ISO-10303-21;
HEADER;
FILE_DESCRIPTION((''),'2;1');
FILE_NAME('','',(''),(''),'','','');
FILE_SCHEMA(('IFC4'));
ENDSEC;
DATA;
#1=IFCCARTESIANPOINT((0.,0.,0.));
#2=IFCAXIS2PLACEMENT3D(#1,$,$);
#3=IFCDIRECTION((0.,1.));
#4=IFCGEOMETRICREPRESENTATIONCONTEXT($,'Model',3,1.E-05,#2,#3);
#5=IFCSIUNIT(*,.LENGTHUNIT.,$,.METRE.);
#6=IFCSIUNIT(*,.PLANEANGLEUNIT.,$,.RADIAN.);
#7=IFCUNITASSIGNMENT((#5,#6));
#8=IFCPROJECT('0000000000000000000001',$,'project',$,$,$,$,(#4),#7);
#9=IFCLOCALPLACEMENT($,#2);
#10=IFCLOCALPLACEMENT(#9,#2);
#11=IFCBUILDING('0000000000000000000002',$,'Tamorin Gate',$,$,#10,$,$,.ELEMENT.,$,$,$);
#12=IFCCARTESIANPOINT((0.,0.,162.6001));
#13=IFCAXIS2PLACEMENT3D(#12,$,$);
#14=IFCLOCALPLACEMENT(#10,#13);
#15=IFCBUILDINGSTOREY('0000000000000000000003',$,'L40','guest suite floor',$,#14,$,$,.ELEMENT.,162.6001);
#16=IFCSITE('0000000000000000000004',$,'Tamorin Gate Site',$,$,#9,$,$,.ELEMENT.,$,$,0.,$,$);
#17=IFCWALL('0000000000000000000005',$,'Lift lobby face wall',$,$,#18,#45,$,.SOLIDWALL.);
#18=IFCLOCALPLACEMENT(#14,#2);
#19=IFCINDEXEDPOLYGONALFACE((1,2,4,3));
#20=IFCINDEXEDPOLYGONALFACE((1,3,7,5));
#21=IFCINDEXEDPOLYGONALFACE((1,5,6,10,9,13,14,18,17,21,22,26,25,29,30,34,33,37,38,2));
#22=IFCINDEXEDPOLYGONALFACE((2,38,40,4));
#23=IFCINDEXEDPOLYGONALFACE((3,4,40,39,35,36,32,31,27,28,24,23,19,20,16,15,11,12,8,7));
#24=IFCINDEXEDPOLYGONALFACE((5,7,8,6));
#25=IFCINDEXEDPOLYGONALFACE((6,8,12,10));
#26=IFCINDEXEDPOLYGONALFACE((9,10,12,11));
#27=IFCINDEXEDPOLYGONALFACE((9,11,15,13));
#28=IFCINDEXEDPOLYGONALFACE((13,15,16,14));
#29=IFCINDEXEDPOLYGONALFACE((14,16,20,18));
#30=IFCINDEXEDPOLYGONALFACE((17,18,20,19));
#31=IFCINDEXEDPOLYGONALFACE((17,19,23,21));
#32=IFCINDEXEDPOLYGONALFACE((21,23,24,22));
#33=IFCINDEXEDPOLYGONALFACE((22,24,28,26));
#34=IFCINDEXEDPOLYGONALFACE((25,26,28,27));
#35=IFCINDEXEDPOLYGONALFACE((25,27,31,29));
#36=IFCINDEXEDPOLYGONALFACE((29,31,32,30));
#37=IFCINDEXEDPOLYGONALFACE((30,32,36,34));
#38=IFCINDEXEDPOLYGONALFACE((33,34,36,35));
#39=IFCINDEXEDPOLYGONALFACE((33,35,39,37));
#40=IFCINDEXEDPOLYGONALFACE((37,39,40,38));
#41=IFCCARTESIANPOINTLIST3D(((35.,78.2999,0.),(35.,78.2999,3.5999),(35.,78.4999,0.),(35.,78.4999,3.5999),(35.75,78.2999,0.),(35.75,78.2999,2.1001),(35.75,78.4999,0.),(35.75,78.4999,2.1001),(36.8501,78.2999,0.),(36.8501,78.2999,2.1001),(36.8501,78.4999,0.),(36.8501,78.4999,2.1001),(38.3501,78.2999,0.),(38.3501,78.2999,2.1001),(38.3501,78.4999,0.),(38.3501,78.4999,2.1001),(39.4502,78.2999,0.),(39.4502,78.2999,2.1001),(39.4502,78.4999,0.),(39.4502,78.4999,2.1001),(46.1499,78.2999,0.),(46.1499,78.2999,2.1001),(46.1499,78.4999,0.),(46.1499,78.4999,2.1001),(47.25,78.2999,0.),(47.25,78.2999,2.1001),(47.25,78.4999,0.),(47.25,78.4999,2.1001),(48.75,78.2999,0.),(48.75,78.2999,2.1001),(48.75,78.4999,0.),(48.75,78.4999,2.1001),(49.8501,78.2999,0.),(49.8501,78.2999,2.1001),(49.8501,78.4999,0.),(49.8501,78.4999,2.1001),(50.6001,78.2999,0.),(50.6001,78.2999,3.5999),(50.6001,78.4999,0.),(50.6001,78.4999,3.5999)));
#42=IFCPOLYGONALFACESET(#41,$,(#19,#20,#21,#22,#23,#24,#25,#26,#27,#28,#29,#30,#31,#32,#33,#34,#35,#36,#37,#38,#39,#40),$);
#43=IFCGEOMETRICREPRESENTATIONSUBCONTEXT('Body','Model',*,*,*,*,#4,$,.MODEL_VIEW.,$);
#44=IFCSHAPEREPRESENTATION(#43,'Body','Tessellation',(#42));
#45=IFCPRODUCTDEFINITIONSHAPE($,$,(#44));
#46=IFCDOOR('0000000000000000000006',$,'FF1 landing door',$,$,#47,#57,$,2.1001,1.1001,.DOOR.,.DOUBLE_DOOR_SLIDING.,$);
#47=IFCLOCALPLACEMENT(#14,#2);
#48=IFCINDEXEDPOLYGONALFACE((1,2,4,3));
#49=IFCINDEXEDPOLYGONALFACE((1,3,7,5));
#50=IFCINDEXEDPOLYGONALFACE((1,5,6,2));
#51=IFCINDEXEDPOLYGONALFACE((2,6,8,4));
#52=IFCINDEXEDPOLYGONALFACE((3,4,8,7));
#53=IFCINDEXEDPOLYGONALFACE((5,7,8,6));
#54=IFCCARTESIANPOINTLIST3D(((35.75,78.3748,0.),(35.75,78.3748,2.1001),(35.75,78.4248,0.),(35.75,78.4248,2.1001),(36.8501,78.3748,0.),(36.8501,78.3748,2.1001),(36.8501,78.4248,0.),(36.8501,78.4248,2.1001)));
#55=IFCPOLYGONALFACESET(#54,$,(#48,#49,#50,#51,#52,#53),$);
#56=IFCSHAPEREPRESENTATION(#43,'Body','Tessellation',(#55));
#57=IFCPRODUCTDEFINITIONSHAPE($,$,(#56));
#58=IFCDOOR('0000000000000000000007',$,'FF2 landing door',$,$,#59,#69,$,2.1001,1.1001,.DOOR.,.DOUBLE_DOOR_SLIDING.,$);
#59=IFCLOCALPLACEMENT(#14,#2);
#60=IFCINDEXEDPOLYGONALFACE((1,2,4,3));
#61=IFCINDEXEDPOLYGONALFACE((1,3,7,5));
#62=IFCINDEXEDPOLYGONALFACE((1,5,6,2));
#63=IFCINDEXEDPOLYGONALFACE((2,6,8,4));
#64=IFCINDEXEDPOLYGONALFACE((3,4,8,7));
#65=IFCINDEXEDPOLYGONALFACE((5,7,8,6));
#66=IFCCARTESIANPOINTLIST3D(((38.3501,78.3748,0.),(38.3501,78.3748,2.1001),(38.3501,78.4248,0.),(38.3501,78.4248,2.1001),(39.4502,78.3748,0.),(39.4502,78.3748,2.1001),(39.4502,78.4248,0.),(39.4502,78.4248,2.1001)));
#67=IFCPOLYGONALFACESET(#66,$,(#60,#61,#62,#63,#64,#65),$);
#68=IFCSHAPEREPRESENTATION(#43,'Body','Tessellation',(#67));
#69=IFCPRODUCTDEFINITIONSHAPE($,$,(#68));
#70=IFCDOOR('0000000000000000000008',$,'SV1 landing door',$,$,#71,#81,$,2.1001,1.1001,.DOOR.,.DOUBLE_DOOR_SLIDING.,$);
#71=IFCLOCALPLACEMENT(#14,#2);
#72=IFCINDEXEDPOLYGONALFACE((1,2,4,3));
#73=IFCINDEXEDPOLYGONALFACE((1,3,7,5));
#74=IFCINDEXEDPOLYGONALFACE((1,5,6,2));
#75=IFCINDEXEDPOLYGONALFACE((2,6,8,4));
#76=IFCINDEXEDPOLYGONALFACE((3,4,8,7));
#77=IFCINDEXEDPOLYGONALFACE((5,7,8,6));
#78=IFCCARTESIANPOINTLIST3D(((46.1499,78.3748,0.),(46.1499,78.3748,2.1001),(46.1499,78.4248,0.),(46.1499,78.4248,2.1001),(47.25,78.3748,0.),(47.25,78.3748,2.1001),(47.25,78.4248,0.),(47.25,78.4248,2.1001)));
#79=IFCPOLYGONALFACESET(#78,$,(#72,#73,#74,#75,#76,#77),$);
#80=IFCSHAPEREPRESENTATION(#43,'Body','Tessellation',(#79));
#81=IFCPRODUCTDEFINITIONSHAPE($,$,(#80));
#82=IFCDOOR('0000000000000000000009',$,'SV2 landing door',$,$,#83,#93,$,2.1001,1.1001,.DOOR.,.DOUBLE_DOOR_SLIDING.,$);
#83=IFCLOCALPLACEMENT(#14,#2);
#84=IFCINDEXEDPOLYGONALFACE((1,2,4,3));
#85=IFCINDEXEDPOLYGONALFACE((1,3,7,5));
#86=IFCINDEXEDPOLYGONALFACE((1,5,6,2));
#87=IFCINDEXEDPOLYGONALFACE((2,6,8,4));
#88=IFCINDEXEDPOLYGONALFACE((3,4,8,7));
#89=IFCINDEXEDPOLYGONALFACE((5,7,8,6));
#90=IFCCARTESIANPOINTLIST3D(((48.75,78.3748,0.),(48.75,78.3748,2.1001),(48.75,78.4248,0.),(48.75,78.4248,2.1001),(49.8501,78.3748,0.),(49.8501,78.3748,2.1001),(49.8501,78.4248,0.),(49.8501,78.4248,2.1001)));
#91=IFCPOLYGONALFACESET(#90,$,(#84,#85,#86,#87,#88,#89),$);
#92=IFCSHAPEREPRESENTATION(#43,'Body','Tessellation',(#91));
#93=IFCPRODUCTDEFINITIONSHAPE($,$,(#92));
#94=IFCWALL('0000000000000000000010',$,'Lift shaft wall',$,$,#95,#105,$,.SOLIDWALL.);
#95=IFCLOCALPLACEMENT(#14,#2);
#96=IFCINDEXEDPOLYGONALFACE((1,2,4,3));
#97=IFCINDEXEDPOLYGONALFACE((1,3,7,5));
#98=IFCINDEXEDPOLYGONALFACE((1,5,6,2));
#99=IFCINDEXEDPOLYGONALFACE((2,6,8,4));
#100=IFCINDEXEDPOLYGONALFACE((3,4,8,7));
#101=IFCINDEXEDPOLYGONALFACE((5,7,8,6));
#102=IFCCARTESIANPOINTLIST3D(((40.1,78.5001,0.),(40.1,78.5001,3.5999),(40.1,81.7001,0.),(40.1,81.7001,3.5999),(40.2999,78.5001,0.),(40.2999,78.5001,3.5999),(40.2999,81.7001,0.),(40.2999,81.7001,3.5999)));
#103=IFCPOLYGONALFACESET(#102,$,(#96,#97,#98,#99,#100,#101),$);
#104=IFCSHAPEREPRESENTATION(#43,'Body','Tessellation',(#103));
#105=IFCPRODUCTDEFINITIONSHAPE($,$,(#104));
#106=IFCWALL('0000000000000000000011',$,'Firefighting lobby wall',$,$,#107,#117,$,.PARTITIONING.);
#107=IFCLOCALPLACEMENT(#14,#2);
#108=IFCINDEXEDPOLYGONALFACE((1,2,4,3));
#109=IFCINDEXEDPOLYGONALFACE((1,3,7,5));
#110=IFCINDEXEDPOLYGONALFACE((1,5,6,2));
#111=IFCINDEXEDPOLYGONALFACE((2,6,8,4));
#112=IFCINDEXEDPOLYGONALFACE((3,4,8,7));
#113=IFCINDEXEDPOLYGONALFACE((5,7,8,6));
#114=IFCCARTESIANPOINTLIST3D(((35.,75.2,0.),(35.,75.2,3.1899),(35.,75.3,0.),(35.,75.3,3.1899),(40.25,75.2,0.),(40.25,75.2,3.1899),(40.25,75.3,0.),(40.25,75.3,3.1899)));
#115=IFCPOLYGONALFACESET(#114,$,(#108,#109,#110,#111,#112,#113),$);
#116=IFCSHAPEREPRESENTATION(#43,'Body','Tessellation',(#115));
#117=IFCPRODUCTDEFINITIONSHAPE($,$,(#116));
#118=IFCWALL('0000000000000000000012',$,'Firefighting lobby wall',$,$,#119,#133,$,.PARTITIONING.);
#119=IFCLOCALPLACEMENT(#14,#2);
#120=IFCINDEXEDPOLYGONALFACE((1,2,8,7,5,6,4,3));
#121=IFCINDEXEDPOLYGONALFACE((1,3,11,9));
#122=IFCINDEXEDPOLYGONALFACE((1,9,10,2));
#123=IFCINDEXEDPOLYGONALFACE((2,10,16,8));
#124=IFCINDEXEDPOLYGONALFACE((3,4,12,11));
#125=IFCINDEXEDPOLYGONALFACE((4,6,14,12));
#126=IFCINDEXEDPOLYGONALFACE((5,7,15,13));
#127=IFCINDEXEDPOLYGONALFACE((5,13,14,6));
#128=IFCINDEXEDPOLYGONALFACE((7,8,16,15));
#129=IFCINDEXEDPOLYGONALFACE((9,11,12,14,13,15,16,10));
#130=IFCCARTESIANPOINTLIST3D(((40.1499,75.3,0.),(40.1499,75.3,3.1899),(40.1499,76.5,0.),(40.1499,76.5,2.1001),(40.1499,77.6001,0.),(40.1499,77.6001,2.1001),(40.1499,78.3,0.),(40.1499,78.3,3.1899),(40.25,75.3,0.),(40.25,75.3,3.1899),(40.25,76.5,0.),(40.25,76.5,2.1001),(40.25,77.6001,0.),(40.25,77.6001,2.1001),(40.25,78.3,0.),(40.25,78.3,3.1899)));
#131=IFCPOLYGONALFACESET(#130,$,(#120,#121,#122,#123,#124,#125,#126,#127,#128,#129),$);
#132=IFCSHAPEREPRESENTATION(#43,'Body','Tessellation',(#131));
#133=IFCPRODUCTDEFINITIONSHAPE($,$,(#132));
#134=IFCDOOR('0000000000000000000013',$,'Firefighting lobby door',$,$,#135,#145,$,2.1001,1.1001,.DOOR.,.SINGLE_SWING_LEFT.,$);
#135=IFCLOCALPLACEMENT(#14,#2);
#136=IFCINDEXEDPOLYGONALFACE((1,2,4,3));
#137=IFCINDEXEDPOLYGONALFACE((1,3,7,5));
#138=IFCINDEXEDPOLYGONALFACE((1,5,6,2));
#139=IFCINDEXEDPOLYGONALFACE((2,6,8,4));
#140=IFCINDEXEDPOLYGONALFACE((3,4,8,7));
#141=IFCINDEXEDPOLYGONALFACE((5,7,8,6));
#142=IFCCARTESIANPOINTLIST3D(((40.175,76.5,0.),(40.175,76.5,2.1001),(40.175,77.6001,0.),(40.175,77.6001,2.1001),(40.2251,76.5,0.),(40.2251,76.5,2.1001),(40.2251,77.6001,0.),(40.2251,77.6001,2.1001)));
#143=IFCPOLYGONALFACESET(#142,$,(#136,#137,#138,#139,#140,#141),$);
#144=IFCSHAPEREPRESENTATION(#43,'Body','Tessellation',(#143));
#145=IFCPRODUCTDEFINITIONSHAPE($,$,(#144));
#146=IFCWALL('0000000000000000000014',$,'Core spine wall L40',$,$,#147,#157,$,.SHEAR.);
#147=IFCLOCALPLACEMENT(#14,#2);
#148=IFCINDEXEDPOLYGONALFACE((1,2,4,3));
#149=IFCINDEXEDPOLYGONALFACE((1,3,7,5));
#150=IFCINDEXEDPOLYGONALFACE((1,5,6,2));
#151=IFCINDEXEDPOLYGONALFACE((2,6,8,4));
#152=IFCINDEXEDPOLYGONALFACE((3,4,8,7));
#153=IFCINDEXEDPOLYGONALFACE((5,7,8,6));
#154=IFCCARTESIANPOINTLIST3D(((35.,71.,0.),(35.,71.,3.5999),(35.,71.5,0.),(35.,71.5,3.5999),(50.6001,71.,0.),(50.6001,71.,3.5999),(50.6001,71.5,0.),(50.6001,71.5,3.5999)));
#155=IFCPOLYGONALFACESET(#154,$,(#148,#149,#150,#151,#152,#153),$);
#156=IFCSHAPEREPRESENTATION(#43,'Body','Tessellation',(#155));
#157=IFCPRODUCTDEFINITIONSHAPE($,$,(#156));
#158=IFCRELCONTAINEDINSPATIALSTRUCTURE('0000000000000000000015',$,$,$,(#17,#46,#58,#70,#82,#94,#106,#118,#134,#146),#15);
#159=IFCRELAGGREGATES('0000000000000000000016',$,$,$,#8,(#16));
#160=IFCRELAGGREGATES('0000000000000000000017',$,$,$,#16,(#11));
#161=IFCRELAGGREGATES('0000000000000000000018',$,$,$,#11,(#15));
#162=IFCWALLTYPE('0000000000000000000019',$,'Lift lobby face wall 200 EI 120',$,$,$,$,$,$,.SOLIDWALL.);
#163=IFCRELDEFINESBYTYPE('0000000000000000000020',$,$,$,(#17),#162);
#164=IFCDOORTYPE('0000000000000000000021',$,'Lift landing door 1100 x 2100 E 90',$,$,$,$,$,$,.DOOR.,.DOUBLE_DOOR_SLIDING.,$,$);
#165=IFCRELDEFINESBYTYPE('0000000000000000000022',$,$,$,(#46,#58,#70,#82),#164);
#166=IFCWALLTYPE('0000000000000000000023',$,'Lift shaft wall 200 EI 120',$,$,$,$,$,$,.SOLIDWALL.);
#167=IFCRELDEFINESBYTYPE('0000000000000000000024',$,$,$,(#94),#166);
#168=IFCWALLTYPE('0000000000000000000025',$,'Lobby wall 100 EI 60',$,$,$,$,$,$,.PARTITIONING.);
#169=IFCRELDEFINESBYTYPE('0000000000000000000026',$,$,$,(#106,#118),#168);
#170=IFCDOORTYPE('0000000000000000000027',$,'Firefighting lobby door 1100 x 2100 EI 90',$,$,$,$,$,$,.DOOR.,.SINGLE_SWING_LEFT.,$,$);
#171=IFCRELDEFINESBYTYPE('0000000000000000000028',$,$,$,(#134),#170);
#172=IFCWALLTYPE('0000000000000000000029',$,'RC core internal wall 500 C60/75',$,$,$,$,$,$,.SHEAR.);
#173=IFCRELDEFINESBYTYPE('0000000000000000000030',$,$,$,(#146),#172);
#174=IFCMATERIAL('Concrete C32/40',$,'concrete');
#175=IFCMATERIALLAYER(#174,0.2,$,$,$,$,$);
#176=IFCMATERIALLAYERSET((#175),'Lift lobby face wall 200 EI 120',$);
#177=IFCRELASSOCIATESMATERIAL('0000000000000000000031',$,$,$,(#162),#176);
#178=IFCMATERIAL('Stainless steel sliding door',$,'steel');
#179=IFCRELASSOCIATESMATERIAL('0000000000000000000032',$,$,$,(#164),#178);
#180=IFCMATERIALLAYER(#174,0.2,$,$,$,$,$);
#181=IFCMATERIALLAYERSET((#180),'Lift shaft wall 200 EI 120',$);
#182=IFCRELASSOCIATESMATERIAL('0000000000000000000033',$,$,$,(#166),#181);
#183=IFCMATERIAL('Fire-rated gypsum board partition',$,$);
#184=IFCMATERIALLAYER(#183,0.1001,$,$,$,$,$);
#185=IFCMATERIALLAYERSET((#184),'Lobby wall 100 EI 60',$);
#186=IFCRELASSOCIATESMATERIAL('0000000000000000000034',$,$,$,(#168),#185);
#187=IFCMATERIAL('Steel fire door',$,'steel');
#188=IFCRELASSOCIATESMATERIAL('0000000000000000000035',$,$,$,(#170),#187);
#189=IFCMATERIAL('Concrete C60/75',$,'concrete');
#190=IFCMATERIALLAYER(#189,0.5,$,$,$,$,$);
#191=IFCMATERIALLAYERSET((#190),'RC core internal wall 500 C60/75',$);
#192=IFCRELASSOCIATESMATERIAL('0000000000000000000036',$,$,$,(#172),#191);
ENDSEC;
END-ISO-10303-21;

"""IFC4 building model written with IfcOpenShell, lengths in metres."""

from ifc_helpers import new_model, si_unit, direction, frame, frame_2d, origin, place, context, subcontext, project, spatial, rectangle, extrude, material, layer, layer_set, type_object, element, fill, save


model = new_model("IFC4")

# Units and contexts
model_context = context("Model", 3, precision=1e-05, world=origin(), true_north=direction((0.0, 1.0)))
body_context = subcontext(model_context, "Body", "Model", "MODEL_VIEW")
ifc_project = project(units=[si_unit("LENGTHUNIT", "METRE"), si_unit("PLANEANGLEUNIT", "RADIAN")], contexts=[model_context])

# Site, building, storey
site_placement = place(None, origin())
site = spatial("IfcSite", under=ifc_project, at=site_placement, Name="Tamorin Gate Site", CompositionType="ELEMENT", RefElevation=0.0)
building_placement = place(site_placement, origin())
building = spatial("IfcBuilding", under=site, at=building_placement, Name="Tamorin Gate", CompositionType="ELEMENT")
storey_placement = place(building_placement, frame((0.0, 0.0, 162.6001)))
storey = spatial("IfcBuildingStorey", under=building, at=storey_placement, Name="L40", Description="guest suite floor", CompositionType="ELEMENT", Elevation=162.6001)

# Wall, openings, doors
ifc_material_1 = material(Name="Concrete C32/40", Category="concrete")
ifc_layer_1 = layer(ifc_material_1, 0.2)
ifc_layer_set_1 = layer_set([ifc_layer_1], Name="Lift lobby face wall 200 EI 120")
wall_type_1 = type_object("IfcWallType", Name="Lift lobby face wall 200 EI 120", PredefinedType="SOLIDWALL", material=ifc_layer_set_1)
ifc_material_2 = material(Name="Stainless steel sliding door", Category="steel")
door_type_1 = type_object("IfcDoorType", Name="Lift landing door 1100 x 2100 E 90", OperationType="DOUBLE_DOOR_SLIDING", PredefinedType="DOOR", material=ifc_material_2)
wall_1_placement = place(storey_placement, frame((35.0, 78.3999, 0.0), z_axis=(0.0, 0.0, 1.0), x_axis=(1.0, 0.0, 0.0)))
wall_1 = element("IfcWall", 1, at=wall_1_placement, inside=storey, type_object=wall_type_1, Name="Lift lobby face wall", PredefinedType="SOLIDWALL", context=body_context, shape_type="SweptSolid", body=[
    extrude(rectangle(XDim=15.6001, YDim=0.2, at=frame_2d((7.8, 0.0))), origin(), (0.0, 0.0, 1.0), 3.5999),
])
opening_1_placement = place(wall_1_placement, frame((0.75, 0.0, 0.0)))
opening_1 = element("IfcOpeningElement", 2, at=opening_1_placement, cuts=wall_1, PredefinedType="OPENING", context=body_context, shape_type="SweptSolid", body=[
    extrude(rectangle(XDim=1.1001, YDim=2.1001, at=frame_2d((0.55, 1.05))), frame((0.0, 0.1099, 0.0), z_axis=(0.0, -1.0, 0.0), x_axis=(1.0, 0.0, 0.0)), (0.0, 0.0, 1.0), 0.22),
])
opening_2_placement = place(wall_1_placement, frame((3.3501, 0.0, 0.0)))
opening_2 = element("IfcOpeningElement", 3, at=opening_2_placement, cuts=wall_1, PredefinedType="OPENING", context=body_context, shape_type="SweptSolid", body=[
    extrude(rectangle(XDim=1.1001, YDim=2.1001, at=frame_2d((0.55, 1.05))), frame((0.0, 0.1099, 0.0), z_axis=(0.0, -1.0, 0.0), x_axis=(1.0, 0.0, 0.0)), (0.0, 0.0, 1.0), 0.22),
])
opening_3_placement = place(wall_1_placement, frame((11.1499, 0.0, 0.0)))
opening_3 = element("IfcOpeningElement", 4, at=opening_3_placement, cuts=wall_1, PredefinedType="OPENING", context=body_context, shape_type="SweptSolid", body=[
    extrude(rectangle(XDim=1.1001, YDim=2.1001, at=frame_2d((0.55, 1.05))), frame((0.0, 0.1099, 0.0), z_axis=(0.0, -1.0, 0.0), x_axis=(1.0, 0.0, 0.0)), (0.0, 0.0, 1.0), 0.22),
])
opening_4_placement = place(wall_1_placement, frame((13.75, 0.0, 0.0)))
opening_4 = element("IfcOpeningElement", 5, at=opening_4_placement, cuts=wall_1, PredefinedType="OPENING", context=body_context, shape_type="SweptSolid", body=[
    extrude(rectangle(XDim=1.1001, YDim=2.1001, at=frame_2d((0.55, 1.05))), frame((0.0, 0.1099, 0.0), z_axis=(0.0, -1.0, 0.0), x_axis=(1.0, 0.0, 0.0)), (0.0, 0.0, 1.0), 0.22),
])
door_1_placement = place(opening_1_placement, origin())
door_1 = element("IfcDoor", 6, at=door_1_placement, inside=storey, type_object=door_type_1, Name="FF1 landing door", OperationType="DOUBLE_DOOR_SLIDING", OverallHeight=2.1001, OverallWidth=1.1001, PredefinedType="DOOR", context=body_context, shape_type="SweptSolid", body=[
    extrude(rectangle(XDim=1.1001, YDim=2.1001, at=frame_2d((0.55, 1.05))), frame((0.0, 0.0249, 0.0), z_axis=(0.0, -1.0, 0.0), x_axis=(1.0, 0.0, 0.0)), (0.0, 0.0, 1.0), 0.05),
])
fill(opening_1, door_1)
door_2_placement = place(opening_2_placement, origin())
door_2 = element("IfcDoor", 7, at=door_2_placement, inside=storey, type_object=door_type_1, Name="FF2 landing door", OperationType="DOUBLE_DOOR_SLIDING", OverallHeight=2.1001, OverallWidth=1.1001, PredefinedType="DOOR", context=body_context, shape_type="SweptSolid", body=[
    extrude(rectangle(XDim=1.1001, YDim=2.1001, at=frame_2d((0.55, 1.05))), frame((0.0, 0.0249, 0.0), z_axis=(0.0, -1.0, 0.0), x_axis=(1.0, 0.0, 0.0)), (0.0, 0.0, 1.0), 0.05),
])
fill(opening_2, door_2)
door_3_placement = place(opening_3_placement, origin())
door_3 = element("IfcDoor", 8, at=door_3_placement, inside=storey, type_object=door_type_1, Name="SV1 landing door", OperationType="DOUBLE_DOOR_SLIDING", OverallHeight=2.1001, OverallWidth=1.1001, PredefinedType="DOOR", context=body_context, shape_type="SweptSolid", body=[
    extrude(rectangle(XDim=1.1001, YDim=2.1001, at=frame_2d((0.55, 1.05))), frame((0.0, 0.0249, 0.0), z_axis=(0.0, -1.0, 0.0), x_axis=(1.0, 0.0, 0.0)), (0.0, 0.0, 1.0), 0.05),
])
fill(opening_3, door_3)
door_4_placement = place(opening_4_placement, origin())
door_4 = element("IfcDoor", 9, at=door_4_placement, inside=storey, type_object=door_type_1, Name="SV2 landing door", OperationType="DOUBLE_DOOR_SLIDING", OverallHeight=2.1001, OverallWidth=1.1001, PredefinedType="DOOR", context=body_context, shape_type="SweptSolid", body=[
    extrude(rectangle(XDim=1.1001, YDim=2.1001, at=frame_2d((0.55, 1.05))), frame((0.0, 0.0249, 0.0), z_axis=(0.0, -1.0, 0.0), x_axis=(1.0, 0.0, 0.0)), (0.0, 0.0, 1.0), 0.05),
])
fill(opening_4, door_4)

# Walls
ifc_layer_2 = layer(ifc_material_1, 0.2)
ifc_layer_set_2 = layer_set([ifc_layer_2], Name="Lift shaft wall 200 EI 120")
wall_type_2 = type_object("IfcWallType", Name="Lift shaft wall 200 EI 120", PredefinedType="SOLIDWALL", material=ifc_layer_set_2)
wall_2_placement = place(storey_placement, frame((40.2, 78.5, 0.0), z_axis=(0.0, 0.0, 1.0), x_axis=(0.0, 1.0, 0.0)))
element("IfcWall", 10, at=wall_2_placement, inside=storey, type_object=wall_type_2, Name="Lift shaft wall", PredefinedType="SOLIDWALL", context=body_context, shape_type="SweptSolid", body=[
    extrude(rectangle(XDim=3.2, YDim=0.2, at=frame_2d((1.6001, 0.0))), origin(), (0.0, 0.0, 1.0), 3.5999),
])
ifc_material_3 = material(Name="Fire-rated gypsum board partition")
ifc_layer_3 = layer(ifc_material_3, 0.1001)
ifc_layer_set_3 = layer_set([ifc_layer_3], Name="Lobby wall 100 EI 60")
wall_type_3 = type_object("IfcWallType", Name="Lobby wall 100 EI 60", PredefinedType="PARTITIONING", material=ifc_layer_set_3)
wall_3_placement = place(storey_placement, frame((35.0, 75.25, 0.0), z_axis=(0.0, 0.0, 1.0), x_axis=(1.0, 0.0, 0.0)))
element("IfcWall", 11, at=wall_3_placement, inside=storey, type_object=wall_type_3, Name="Firefighting lobby wall", PredefinedType="PARTITIONING", context=body_context, shape_type="SweptSolid", body=[
    extrude(rectangle(XDim=5.25, YDim=0.1001, at=frame_2d((2.625, 0.0))), origin(), (0.0, 0.0, 1.0), 3.1899),
])

# Wall, opening, door
wall_4_placement = place(storey_placement, frame((40.2, 75.3, 0.0), z_axis=(0.0, 0.0, 1.0), x_axis=(0.0, 1.0, 0.0)))
wall_4 = element("IfcWall", 12, at=wall_4_placement, inside=storey, type_object=wall_type_3, Name="Firefighting lobby wall", PredefinedType="PARTITIONING", context=body_context, shape_type="SweptSolid", body=[
    extrude(rectangle(XDim=3.0, YDim=0.1001, at=frame_2d((1.5, 0.0))), origin(), (0.0, 0.0, 1.0), 3.1899),
])
opening_5_placement = place(wall_4_placement, frame((1.2, 0.0, 0.0)))
opening_5 = element("IfcOpeningElement", 13, at=opening_5_placement, cuts=wall_4, PredefinedType="OPENING", context=body_context, shape_type="SweptSolid", body=[
    extrude(rectangle(XDim=1.1001, YDim=2.1001, at=frame_2d((0.55, 1.05))), frame((0.0, 0.0601, 0.0), z_axis=(0.0, -1.0, 0.0), x_axis=(1.0, 0.0, 0.0)), (0.0, 0.0, 1.0), 0.1201),
])
ifc_material_4 = material(Name="Steel fire door", Category="steel")
door_type_2 = type_object("IfcDoorType", Name="Firefighting lobby door 1100 x 2100 EI 90", OperationType="SINGLE_SWING_LEFT", PredefinedType="DOOR", material=ifc_material_4)
door_5_placement = place(opening_5_placement, origin())
door_5 = element("IfcDoor", 14, at=door_5_placement, inside=storey, type_object=door_type_2, Name="Firefighting lobby door", OperationType="SINGLE_SWING_LEFT", OverallHeight=2.1001, OverallWidth=1.1001, PredefinedType="DOOR", context=body_context, shape_type="SweptSolid", body=[
    extrude(rectangle(XDim=1.1001, YDim=2.1001, at=frame_2d((0.55, 1.05))), frame((0.0, 0.0249, 0.0), z_axis=(0.0, -1.0, 0.0), x_axis=(1.0, 0.0, 0.0)), (0.0, 0.0, 1.0), 0.05),
])
fill(opening_5, door_5)

# Wall
ifc_material_5 = material(Name="Concrete C60/75", Category="concrete")
ifc_layer_4 = layer(ifc_material_5, 0.5)
ifc_layer_set_4 = layer_set([ifc_layer_4], Name="RC core internal wall 500 C60/75")
wall_type_4 = type_object("IfcWallType", Name="RC core internal wall 500 C60/75", PredefinedType="SHEAR", material=ifc_layer_set_4)
wall_5_placement = place(storey_placement, frame((35.0, 71.25, 0.0), z_axis=(0.0, 0.0, 1.0), x_axis=(1.0, 0.0, 0.0)))
element("IfcWall", 15, at=wall_5_placement, inside=storey, type_object=wall_type_4, Name="Core spine wall L40", PredefinedType="SHEAR", context=body_context, shape_type="SweptSolid", body=[
    extrude(rectangle(XDim=15.6001, YDim=0.5, at=frame_2d((7.8, 0.0))), origin(), (0.0, 0.0, 1.0), 3.5999),
])

save(model, "model.ifc")
